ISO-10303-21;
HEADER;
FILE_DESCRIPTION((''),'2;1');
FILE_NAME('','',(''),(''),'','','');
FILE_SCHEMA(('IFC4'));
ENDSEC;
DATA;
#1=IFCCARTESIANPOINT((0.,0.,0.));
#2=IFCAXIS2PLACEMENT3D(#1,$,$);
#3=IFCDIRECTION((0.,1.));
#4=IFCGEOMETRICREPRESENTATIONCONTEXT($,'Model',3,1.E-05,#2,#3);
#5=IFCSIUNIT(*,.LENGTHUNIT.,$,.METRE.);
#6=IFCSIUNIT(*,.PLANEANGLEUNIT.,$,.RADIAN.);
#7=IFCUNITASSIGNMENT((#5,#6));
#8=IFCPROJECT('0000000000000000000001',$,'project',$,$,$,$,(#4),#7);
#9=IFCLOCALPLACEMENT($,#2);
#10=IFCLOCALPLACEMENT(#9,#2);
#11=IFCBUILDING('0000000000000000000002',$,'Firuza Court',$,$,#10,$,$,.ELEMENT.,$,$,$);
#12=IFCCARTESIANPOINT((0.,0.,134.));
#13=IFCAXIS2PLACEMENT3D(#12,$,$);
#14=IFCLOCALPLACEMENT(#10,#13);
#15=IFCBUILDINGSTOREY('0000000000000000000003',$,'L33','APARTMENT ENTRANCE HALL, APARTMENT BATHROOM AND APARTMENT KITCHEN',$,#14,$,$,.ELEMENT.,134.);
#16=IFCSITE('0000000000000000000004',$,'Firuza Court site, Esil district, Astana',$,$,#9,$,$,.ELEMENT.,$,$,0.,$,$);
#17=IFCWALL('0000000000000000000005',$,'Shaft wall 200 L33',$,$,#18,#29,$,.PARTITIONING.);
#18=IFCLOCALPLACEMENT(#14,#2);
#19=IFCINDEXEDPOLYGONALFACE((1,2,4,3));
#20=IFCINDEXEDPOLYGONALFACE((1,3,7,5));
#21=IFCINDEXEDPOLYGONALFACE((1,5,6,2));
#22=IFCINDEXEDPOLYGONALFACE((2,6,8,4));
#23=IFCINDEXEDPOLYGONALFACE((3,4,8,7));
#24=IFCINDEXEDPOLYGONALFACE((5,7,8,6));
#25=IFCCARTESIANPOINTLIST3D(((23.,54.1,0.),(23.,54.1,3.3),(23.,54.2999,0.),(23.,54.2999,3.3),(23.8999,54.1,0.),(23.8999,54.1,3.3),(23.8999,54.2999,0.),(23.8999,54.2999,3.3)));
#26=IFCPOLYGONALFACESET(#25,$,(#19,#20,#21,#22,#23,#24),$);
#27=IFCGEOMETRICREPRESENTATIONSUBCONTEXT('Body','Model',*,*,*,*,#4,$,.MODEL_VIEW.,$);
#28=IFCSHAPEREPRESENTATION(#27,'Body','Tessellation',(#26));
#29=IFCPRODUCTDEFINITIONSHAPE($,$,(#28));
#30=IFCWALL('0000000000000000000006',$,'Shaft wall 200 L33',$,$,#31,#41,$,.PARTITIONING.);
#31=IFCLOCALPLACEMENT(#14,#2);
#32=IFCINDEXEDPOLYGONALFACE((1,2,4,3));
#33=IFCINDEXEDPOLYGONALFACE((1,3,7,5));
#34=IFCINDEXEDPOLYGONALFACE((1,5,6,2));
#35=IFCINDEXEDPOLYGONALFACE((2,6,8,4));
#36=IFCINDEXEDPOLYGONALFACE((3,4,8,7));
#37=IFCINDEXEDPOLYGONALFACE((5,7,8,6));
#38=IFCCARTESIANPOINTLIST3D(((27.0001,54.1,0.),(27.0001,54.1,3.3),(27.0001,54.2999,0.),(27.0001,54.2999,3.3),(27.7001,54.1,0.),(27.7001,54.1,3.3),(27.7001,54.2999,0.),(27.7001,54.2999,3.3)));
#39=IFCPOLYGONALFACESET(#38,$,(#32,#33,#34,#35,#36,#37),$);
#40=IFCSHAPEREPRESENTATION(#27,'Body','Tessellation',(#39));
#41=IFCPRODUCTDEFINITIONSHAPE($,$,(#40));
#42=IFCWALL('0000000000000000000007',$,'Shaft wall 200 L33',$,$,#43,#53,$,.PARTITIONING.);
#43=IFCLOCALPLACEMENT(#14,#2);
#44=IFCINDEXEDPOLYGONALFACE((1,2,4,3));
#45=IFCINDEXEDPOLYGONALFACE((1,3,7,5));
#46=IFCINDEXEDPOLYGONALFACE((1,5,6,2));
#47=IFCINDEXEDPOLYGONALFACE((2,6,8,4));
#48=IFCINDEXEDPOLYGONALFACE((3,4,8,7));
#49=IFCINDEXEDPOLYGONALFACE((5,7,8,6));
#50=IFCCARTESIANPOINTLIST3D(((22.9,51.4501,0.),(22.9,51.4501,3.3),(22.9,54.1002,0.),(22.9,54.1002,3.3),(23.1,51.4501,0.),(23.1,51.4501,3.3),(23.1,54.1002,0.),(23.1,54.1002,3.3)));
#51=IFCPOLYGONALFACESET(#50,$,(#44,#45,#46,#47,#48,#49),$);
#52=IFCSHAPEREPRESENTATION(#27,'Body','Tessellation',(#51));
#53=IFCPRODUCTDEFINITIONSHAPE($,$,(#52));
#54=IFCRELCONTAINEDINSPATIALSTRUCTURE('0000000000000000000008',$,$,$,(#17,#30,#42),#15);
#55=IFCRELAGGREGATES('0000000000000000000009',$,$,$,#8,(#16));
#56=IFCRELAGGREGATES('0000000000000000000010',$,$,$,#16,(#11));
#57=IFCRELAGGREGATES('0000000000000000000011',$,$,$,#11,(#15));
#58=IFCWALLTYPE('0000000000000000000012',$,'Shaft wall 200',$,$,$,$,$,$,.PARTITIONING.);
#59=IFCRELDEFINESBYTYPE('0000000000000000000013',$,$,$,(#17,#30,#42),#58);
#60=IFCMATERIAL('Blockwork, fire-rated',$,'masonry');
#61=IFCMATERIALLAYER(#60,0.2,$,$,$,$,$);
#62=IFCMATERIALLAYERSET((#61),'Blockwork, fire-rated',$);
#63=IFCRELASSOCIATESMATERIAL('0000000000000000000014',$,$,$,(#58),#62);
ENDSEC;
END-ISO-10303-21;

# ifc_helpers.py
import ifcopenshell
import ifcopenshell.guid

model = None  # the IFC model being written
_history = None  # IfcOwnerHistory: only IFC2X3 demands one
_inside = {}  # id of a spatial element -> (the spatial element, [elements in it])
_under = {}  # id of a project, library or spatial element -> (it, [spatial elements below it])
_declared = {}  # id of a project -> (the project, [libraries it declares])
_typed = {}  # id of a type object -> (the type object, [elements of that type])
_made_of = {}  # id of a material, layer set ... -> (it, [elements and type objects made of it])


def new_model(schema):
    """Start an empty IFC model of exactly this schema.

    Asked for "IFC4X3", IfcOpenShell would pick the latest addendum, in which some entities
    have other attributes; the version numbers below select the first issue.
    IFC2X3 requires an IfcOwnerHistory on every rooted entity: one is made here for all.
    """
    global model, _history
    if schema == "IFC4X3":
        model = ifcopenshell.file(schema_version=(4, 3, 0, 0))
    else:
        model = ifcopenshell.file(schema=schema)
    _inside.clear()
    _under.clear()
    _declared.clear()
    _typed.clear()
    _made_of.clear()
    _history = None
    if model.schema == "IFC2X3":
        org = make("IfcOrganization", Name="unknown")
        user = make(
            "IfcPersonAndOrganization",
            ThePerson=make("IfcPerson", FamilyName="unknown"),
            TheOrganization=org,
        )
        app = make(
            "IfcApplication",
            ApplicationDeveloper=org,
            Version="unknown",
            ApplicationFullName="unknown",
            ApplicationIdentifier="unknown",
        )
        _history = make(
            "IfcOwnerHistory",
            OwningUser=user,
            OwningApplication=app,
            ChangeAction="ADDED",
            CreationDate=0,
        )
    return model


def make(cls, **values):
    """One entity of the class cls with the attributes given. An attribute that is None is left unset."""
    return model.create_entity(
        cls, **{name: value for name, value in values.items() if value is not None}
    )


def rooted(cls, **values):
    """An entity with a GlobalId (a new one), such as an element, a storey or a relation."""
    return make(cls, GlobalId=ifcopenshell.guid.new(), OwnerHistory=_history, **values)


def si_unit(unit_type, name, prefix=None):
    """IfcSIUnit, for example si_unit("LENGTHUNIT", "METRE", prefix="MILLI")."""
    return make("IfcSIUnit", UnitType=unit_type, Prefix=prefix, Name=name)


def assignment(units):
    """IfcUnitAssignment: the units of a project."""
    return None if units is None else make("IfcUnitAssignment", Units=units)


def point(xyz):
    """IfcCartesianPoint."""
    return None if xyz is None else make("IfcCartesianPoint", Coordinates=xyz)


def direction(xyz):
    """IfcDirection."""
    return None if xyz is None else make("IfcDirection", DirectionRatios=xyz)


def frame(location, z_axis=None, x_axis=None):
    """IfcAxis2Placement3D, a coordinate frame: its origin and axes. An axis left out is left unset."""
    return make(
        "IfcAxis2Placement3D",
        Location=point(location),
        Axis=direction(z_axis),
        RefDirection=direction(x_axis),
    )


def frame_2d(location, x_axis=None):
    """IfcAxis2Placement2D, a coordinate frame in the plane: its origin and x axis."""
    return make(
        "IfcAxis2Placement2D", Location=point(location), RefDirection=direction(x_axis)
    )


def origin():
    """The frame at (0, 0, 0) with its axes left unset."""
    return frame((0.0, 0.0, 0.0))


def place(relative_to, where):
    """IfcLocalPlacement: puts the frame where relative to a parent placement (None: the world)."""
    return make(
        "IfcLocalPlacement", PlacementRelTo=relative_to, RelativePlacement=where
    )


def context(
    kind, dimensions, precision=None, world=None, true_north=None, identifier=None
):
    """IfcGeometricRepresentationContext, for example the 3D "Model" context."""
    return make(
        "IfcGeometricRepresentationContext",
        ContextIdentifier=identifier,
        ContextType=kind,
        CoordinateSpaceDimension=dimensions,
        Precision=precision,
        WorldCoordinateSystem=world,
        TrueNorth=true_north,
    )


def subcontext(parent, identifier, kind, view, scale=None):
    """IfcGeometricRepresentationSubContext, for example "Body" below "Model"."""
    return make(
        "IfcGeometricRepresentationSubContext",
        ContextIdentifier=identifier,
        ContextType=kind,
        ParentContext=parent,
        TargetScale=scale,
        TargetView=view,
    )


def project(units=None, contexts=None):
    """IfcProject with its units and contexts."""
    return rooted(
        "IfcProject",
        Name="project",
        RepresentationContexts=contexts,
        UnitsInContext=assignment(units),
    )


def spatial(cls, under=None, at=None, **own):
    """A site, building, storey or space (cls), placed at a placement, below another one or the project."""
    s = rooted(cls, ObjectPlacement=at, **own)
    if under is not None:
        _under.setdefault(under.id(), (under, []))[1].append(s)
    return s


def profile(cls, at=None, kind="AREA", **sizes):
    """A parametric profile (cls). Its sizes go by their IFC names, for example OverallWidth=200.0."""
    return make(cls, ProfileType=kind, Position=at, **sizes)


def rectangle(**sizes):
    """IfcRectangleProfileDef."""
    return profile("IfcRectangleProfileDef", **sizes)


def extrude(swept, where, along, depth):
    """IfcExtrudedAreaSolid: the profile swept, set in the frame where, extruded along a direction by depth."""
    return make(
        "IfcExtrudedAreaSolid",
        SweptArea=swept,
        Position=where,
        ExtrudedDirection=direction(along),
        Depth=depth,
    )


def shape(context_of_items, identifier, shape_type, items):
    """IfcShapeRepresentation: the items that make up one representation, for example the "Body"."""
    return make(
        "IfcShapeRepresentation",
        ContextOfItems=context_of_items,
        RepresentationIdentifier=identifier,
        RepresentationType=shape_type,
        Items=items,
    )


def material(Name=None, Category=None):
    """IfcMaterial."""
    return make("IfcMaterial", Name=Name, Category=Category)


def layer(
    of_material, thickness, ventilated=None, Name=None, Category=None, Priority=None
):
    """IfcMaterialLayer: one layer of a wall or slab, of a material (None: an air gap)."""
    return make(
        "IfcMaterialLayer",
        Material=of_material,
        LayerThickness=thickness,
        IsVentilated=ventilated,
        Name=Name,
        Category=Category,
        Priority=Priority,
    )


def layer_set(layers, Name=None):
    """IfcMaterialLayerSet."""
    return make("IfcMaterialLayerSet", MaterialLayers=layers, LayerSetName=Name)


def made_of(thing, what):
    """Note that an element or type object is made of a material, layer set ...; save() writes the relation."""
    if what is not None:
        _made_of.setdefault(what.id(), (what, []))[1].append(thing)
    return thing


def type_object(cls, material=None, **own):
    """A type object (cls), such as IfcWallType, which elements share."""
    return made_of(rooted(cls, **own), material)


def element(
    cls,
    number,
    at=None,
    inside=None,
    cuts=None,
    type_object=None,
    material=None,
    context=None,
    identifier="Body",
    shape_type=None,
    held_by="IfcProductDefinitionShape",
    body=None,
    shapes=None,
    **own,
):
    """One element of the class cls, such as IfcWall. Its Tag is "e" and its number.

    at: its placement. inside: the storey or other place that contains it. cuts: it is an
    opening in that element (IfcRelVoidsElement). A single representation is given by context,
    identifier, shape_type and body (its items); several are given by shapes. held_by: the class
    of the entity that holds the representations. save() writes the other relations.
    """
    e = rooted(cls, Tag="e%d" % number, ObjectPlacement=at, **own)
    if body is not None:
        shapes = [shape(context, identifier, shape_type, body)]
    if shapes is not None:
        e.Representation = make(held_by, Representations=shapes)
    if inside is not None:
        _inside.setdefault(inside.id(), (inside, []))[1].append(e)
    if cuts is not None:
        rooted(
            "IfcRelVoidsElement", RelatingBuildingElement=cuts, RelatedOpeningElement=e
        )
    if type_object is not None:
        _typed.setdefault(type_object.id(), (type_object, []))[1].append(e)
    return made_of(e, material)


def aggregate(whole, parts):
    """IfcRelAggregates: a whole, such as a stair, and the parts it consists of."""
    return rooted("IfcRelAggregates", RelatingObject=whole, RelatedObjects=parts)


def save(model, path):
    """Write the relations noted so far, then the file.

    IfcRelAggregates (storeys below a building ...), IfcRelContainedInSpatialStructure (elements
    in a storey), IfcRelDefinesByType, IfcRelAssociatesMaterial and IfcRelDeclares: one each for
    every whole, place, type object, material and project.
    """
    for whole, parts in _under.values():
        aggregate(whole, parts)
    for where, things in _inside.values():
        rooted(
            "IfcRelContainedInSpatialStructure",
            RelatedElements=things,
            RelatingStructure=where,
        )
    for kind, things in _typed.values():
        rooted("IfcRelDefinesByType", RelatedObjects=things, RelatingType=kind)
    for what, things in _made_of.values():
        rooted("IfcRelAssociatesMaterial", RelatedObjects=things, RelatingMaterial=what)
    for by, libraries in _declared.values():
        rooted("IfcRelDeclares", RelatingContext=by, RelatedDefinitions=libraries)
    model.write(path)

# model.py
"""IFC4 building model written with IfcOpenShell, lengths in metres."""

from ifc_helpers import new_model, si_unit, direction, frame, frame_2d, origin, place, context, subcontext, project, spatial, rectangle, extrude, material, layer, layer_set, type_object, element, save


model = new_model("IFC4")

# Units and contexts
model_context = context("Model", 3, precision=1e-05, world=origin(), true_north=direction((0.0, 1.0)))
body_context = subcontext(model_context, "Body", "Model", "MODEL_VIEW")
ifc_project = project(units=[si_unit("LENGTHUNIT", "METRE"), si_unit("PLANEANGLEUNIT", "RADIAN")], contexts=[model_context])

# Site, building, storey
site_placement = place(None, origin())
site = spatial("IfcSite", under=ifc_project, at=site_placement, Name="Firuza Court site, Esil district, Astana", CompositionType="ELEMENT", RefElevation=0.0)
building_placement = place(site_placement, origin())
building = spatial("IfcBuilding", under=site, at=building_placement, Name="Firuza Court", CompositionType="ELEMENT")
storey_placement = place(building_placement, frame((0.0, 0.0, 134.0)))
storey = spatial("IfcBuildingStorey", under=building, at=storey_placement, Name="L33", Description="APARTMENT ENTRANCE HALL, APARTMENT BATHROOM AND APARTMENT KITCHEN", CompositionType="ELEMENT", Elevation=134.0)

# Shared definitions
ifc_material_1 = material(Name="Blockwork, fire-rated", Category="masonry")

# Shared definitions
ifc_layer_1 = layer(ifc_material_1, 0.2)
ifc_layer_set_1 = layer_set([ifc_layer_1], Name="Blockwork, fire-rated")
wall_type_1 = type_object("IfcWallType", Name="Shaft wall 200", PredefinedType="PARTITIONING", material=ifc_layer_set_1)

# Walls
wall_1_placement = place(storey_placement, frame((23.0, 54.2, 0.0), z_axis=(0.0, 0.0, 1.0), x_axis=(1.0, 0.0, 0.0)))
element("IfcWall", 1, at=wall_1_placement, inside=storey, type_object=wall_type_1, Name="Shaft wall 200 L33", PredefinedType="PARTITIONING", context=body_context, shape_type="SweptSolid", body=[
    extrude(rectangle(XDim=0.8999, YDim=0.2, at=frame_2d((0.45, 0.0))), origin(), (0.0, 0.0, 1.0), 3.3),
])
wall_2_placement = place(storey_placement, frame((27.0, 54.2, 0.0), z_axis=(0.0, 0.0, 1.0), x_axis=(1.0, 0.0, 0.0)))
element("IfcWall", 2, at=wall_2_placement, inside=storey, type_object=wall_type_1, Name="Shaft wall 200 L33", PredefinedType="PARTITIONING", context=body_context, shape_type="SweptSolid", body=[
    extrude(rectangle(XDim=0.7, YDim=0.2, at=frame_2d((0.3501, 0.0))), origin(), (0.0, 0.0, 1.0), 3.3),
])
wall_3_placement = place(storey_placement, frame((23.0, 51.45, 0.0), z_axis=(0.0, 0.0, 1.0), x_axis=(0.0, 1.0, 0.0)))
element("IfcWall", 3, at=wall_3_placement, inside=storey, type_object=wall_type_1, Name="Shaft wall 200 L33", PredefinedType="PARTITIONING", context=body_context, shape_type="SweptSolid", body=[
    extrude(rectangle(XDim=2.6501, YDim=0.2, at=frame_2d((1.3252, 0.0))), origin(), (0.0, 0.0, 1.0), 3.3),
])

save(model, "model.ifc")
